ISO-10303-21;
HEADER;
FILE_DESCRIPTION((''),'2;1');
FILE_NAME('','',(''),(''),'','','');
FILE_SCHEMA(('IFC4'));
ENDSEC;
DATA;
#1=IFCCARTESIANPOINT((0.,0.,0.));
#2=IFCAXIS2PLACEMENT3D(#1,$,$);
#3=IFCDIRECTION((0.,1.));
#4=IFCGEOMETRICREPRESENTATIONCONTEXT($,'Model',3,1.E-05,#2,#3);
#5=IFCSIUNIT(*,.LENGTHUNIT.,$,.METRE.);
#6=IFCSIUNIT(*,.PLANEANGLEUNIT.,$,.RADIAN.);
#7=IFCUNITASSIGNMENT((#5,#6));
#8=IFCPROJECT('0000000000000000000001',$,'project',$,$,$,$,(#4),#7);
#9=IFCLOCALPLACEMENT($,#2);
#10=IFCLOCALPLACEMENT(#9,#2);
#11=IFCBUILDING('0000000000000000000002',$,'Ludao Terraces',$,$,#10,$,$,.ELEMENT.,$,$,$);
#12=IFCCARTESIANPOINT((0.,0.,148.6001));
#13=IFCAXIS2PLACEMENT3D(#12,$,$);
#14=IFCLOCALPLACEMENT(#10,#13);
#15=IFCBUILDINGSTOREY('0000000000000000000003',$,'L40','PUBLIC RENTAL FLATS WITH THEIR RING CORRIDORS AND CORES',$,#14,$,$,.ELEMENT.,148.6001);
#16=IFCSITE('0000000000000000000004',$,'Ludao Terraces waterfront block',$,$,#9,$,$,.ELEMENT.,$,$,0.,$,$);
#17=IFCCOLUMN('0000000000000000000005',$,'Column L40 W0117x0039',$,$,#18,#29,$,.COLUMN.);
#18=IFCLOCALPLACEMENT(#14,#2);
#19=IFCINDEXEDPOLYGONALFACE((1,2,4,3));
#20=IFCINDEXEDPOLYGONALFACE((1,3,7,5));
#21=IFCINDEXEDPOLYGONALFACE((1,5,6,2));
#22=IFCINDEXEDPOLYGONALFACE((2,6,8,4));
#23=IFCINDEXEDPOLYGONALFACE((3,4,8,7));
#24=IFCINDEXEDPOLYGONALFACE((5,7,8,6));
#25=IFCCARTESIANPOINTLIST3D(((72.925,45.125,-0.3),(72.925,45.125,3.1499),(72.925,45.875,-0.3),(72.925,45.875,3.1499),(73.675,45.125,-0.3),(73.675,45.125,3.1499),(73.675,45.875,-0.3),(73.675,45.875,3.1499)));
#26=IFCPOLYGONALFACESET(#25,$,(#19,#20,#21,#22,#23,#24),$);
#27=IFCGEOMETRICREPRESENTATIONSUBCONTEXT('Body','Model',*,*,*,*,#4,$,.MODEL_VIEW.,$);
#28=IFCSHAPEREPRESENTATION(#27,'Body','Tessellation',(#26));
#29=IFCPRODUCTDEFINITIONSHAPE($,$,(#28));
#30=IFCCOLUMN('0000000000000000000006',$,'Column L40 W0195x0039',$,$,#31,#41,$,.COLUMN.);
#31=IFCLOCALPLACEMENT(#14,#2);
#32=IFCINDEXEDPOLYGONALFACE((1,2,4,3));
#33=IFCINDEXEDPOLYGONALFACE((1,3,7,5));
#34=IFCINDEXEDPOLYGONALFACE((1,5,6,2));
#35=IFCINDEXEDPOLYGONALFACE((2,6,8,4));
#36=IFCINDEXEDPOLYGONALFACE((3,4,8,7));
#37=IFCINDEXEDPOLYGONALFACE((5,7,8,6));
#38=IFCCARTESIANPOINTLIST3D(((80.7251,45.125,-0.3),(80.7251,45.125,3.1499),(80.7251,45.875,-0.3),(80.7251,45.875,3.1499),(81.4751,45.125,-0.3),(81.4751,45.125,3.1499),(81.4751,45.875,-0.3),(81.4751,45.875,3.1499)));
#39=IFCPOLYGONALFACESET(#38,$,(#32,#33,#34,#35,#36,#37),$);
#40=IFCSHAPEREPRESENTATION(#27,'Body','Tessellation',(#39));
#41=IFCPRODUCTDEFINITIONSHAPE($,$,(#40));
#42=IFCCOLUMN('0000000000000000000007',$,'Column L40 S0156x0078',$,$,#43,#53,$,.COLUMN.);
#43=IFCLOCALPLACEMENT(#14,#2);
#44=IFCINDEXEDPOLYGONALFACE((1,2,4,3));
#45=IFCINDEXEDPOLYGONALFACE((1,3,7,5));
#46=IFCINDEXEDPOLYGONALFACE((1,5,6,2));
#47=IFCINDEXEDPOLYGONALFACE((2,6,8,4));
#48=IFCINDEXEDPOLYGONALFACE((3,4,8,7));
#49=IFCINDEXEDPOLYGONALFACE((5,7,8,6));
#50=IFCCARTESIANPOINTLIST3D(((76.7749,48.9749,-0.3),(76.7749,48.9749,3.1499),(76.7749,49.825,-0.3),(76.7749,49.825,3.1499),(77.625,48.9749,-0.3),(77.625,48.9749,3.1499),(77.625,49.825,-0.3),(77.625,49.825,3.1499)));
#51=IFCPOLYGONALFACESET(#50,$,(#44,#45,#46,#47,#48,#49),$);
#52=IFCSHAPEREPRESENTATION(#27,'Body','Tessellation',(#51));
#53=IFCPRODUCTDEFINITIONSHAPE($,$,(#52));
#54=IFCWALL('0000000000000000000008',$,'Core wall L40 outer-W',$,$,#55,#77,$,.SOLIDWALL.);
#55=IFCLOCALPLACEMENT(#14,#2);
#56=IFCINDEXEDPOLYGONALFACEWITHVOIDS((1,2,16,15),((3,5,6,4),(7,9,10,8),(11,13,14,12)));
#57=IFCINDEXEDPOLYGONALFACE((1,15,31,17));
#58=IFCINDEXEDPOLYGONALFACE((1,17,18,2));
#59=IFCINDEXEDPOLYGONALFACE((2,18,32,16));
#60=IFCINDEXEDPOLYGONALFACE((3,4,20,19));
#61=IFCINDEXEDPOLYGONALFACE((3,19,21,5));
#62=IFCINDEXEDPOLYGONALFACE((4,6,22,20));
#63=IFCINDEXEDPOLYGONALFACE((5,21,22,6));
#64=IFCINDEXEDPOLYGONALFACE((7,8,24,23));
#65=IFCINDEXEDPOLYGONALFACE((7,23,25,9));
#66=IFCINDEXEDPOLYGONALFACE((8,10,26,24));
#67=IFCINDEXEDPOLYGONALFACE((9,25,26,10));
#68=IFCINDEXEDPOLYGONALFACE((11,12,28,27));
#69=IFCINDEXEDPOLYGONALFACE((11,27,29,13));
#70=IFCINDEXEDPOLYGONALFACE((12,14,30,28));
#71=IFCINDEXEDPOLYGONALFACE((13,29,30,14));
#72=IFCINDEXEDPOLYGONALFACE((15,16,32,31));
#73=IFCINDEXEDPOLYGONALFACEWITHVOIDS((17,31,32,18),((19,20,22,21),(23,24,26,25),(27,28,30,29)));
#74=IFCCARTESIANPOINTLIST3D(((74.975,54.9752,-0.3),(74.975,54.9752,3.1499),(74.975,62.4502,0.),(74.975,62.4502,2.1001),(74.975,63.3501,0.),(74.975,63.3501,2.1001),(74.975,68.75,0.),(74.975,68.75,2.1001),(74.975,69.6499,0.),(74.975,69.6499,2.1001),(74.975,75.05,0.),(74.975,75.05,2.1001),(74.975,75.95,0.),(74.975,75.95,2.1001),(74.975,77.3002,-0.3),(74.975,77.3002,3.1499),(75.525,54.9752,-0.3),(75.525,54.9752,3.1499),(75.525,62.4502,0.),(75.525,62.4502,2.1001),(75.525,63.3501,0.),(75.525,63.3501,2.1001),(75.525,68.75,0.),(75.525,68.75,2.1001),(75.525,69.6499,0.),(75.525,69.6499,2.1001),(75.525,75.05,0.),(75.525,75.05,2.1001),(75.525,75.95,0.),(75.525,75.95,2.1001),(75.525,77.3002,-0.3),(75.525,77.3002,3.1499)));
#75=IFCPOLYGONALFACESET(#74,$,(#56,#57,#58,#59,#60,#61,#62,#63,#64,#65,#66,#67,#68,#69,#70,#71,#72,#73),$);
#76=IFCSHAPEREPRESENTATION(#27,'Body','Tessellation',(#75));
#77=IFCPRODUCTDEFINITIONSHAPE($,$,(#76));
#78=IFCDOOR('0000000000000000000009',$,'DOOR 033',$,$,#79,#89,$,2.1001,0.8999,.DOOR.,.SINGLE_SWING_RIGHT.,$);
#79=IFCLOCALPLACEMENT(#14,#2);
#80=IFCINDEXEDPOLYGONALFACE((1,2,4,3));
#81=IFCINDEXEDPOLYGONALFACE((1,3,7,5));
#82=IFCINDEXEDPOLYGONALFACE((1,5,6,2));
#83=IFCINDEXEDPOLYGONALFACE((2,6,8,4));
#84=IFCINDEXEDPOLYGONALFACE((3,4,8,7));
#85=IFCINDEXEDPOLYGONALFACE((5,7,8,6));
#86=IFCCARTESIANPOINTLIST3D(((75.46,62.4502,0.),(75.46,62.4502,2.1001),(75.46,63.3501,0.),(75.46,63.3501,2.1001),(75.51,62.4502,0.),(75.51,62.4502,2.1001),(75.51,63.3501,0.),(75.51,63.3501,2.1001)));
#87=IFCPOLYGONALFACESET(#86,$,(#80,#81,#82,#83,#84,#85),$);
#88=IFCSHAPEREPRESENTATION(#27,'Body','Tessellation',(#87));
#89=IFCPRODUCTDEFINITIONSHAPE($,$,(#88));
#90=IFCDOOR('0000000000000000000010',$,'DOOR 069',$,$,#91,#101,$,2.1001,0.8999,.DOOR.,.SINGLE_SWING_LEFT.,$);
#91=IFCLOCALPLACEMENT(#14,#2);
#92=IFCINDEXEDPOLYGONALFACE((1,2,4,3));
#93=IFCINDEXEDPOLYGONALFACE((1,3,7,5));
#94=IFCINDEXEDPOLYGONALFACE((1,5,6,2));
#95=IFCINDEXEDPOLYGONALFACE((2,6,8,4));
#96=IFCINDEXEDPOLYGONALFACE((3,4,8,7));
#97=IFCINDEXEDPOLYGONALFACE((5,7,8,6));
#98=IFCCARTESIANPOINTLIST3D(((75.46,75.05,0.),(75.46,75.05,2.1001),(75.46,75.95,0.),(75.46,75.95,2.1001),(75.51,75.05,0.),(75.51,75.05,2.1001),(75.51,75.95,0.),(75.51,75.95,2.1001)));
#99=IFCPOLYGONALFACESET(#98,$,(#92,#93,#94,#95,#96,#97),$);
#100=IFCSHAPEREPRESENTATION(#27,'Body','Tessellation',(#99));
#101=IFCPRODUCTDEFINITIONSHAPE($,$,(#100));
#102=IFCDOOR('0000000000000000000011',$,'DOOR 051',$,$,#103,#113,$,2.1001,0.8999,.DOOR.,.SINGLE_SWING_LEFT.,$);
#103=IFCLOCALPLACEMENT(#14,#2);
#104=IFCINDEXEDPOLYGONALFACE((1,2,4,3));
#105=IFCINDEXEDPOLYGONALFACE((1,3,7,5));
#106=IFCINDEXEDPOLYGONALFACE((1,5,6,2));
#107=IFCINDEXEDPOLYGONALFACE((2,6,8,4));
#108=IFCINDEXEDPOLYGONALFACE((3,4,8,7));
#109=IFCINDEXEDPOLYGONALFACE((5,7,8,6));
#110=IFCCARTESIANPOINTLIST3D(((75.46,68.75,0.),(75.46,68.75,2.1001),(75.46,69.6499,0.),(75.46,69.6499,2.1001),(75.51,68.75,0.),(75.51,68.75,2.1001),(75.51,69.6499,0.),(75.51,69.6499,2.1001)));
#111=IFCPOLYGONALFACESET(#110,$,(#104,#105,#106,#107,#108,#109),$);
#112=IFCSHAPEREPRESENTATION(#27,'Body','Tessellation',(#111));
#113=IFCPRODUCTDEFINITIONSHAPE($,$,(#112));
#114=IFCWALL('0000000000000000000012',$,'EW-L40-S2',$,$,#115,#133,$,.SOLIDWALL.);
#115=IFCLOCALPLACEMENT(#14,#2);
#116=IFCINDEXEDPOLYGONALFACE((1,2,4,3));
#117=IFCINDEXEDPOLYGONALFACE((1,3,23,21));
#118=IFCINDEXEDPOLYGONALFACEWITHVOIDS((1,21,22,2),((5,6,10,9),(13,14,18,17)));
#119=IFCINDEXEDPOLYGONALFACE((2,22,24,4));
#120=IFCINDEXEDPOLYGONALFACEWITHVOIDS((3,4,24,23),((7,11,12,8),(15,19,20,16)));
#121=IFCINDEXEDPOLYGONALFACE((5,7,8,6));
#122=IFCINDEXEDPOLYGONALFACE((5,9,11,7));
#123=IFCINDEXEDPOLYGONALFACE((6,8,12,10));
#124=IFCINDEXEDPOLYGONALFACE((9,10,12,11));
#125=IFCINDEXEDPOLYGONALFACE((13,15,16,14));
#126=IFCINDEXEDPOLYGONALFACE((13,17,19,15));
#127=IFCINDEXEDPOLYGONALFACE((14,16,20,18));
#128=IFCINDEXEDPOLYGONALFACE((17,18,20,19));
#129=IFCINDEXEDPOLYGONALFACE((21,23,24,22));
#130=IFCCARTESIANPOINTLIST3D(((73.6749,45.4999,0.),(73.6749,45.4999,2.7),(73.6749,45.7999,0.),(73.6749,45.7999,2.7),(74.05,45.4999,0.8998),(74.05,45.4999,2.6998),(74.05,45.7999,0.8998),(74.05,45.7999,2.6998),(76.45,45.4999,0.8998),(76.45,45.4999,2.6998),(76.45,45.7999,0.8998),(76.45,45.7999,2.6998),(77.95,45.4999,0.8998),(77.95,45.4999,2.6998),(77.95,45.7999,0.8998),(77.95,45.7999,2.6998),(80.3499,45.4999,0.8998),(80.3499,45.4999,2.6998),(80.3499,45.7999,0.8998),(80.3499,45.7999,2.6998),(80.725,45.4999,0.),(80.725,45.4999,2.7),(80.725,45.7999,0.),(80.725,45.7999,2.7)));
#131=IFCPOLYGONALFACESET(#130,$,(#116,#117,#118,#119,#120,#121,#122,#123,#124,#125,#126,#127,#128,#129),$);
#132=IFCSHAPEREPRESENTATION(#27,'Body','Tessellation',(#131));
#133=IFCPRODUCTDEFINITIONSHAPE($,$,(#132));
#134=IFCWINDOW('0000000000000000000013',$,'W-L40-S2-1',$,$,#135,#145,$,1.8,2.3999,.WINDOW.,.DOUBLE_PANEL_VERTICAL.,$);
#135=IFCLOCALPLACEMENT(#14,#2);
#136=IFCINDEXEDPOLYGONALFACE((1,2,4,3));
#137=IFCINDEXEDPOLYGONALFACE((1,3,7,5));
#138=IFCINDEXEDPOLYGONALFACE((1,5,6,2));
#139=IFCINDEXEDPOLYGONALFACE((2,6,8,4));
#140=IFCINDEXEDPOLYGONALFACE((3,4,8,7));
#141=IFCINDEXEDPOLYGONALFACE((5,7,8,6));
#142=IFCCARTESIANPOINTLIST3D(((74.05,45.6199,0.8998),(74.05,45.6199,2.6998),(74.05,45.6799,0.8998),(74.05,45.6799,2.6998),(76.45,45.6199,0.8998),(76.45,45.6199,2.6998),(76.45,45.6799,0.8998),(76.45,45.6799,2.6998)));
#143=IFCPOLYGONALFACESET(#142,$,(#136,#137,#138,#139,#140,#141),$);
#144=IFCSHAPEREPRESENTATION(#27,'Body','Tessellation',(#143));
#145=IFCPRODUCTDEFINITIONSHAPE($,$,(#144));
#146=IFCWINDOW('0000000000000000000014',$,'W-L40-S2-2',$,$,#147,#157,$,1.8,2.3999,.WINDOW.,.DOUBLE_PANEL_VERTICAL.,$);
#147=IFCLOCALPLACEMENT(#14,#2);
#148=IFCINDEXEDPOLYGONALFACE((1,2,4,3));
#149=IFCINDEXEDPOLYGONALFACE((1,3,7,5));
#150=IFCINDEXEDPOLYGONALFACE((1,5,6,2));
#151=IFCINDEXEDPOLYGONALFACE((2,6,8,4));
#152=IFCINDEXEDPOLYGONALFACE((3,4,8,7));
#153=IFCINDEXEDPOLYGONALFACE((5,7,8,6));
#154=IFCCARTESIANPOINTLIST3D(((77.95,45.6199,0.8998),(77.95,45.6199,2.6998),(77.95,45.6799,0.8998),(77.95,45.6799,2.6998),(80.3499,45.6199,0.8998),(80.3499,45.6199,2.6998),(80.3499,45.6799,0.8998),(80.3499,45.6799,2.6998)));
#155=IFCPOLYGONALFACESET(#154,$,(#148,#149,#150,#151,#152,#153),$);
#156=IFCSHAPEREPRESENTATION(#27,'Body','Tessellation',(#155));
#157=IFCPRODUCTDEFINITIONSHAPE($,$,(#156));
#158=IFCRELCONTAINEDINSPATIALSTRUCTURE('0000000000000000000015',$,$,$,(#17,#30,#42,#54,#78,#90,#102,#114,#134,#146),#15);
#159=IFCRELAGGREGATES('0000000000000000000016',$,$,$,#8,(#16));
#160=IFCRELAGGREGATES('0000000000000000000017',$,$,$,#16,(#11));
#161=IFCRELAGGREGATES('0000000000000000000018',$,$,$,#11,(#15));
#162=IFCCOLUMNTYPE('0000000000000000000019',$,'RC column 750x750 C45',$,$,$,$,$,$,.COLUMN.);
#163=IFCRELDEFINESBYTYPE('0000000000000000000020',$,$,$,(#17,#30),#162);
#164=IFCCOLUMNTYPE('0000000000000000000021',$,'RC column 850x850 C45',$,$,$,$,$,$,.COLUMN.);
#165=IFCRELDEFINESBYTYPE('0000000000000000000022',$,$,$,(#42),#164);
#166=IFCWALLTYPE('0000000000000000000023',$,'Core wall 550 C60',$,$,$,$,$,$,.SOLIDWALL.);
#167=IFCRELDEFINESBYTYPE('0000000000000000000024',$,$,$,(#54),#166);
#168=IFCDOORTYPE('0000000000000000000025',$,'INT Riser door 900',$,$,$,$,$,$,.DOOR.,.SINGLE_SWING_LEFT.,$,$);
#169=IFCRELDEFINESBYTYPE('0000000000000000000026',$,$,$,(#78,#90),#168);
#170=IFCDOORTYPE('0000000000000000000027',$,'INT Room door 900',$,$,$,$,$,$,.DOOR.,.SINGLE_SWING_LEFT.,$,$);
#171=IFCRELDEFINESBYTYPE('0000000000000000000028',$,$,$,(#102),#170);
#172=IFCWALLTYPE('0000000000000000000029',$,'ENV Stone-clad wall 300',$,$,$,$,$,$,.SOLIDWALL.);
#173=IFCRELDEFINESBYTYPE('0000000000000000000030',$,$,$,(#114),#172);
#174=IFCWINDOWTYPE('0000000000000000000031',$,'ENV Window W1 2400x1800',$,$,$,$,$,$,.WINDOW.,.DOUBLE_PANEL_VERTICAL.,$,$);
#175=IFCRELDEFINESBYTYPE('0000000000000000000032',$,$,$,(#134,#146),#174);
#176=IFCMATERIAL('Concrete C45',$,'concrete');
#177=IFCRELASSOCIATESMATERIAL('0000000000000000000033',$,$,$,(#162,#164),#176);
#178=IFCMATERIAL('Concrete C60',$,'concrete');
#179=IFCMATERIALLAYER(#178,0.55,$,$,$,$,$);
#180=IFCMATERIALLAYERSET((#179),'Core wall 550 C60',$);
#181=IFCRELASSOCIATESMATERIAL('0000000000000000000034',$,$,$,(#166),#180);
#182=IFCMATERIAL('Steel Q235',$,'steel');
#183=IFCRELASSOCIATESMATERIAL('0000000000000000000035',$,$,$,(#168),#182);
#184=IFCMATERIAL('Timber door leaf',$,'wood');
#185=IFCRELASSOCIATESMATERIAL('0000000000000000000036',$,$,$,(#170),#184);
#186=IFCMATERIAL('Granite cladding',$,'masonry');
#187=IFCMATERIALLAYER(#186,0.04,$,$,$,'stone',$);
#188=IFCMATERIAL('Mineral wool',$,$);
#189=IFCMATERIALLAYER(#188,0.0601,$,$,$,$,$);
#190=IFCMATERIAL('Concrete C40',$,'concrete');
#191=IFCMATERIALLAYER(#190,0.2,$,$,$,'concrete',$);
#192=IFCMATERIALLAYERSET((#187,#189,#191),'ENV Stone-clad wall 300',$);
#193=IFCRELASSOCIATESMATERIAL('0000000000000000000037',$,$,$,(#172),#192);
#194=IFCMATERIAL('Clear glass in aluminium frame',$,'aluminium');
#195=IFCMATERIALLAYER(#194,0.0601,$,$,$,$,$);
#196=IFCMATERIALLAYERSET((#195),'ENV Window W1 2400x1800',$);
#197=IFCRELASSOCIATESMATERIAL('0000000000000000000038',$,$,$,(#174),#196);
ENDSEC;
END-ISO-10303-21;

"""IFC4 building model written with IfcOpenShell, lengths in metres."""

from ifc_helpers import new_model, si_unit, direction, frame, frame_2d, origin, origin_2d, place, context, subcontext, project, spatial, rectangle, extrude, material, layer, layer_set, material_profile, profile_set, type_object, element, fill, save


model = new_model("IFC4")

# Units and contexts
model_context = context("Model", 3, precision=1e-05, world=origin(), true_north=direction((0.0, 1.0)))
body_context = subcontext(model_context, "Body", "Model", "MODEL_VIEW")
ifc_project = project(units=[si_unit("LENGTHUNIT", "METRE"), si_unit("PLANEANGLEUNIT", "RADIAN")], contexts=[model_context])

# Site, building, storey
site_placement = place(None, origin())
site = spatial("IfcSite", under=ifc_project, at=site_placement, Name="Ludao Terraces waterfront block", CompositionType="ELEMENT", RefElevation=0.0)
building_placement = place(site_placement, origin())
building = spatial("IfcBuilding", under=site, at=building_placement, Name="Ludao Terraces", CompositionType="ELEMENT")
storey_placement = place(building_placement, frame((0.0, 0.0, 148.6001)))
storey = spatial("IfcBuildingStorey", under=building, at=storey_placement, Name="L40", Description="PUBLIC RENTAL FLATS WITH THEIR RING CORRIDORS AND CORES", CompositionType="ELEMENT", Elevation=148.6001)

# Columns
ifc_material_1 = material(Name="Concrete C45", Category="concrete")
ifc_material_profile_1 = material_profile(ifc_material_1, rectangle(XDim=0.75, YDim=0.75, at=origin_2d()), Name="750 X 750")
ifc_profile_set_1 = profile_set([ifc_material_profile_1], Name="Concrete C45")
column_type_1 = type_object("IfcColumnType", Name="RC column 750x750 C45", PredefinedType="COLUMN", material=ifc_profile_set_1)
for number, where, z_axis, x_axis, name in (
    (1, (73.3, 45.5, -0.3), (0.0, 0.0, 1.0), (1.0, 0.0, 0.0), "Column L40 W0117x0039"),
    (2, (81.1001, 45.5, -0.3), (0.0, 0.0, 1.0), (1.0, 0.0, 0.0), "Column L40 W0195x0039"),
):
    element("IfcColumn", number, at=place(storey_placement, frame(where, z_axis=z_axis, x_axis=x_axis)), inside=storey, type_object=column_type_1, Name=name, PredefinedType="COLUMN", context=body_context, shape_type="SweptSolid", body=[
        extrude(rectangle(XDim=0.75, YDim=0.75, at=origin_2d()), origin(), (0.0, 0.0, 1.0), 3.45),
    ])
ifc_material_profile_2 = material_profile(ifc_material_1, rectangle(XDim=0.8501, YDim=0.8501, at=origin_2d()), Name="850 X 850")
ifc_profile_set_2 = profile_set([ifc_material_profile_2], Name="Concrete C45")
column_type_2 = type_object("IfcColumnType", Name="RC column 850x850 C45", PredefinedType="COLUMN", material=ifc_profile_set_2)
column_placement = place(storey_placement, frame((77.2, 49.3999, -0.3), z_axis=(0.0, 0.0, 1.0), x_axis=(1.0, 0.0, 0.0)))
element("IfcColumn", 3, at=column_placement, inside=storey, type_object=column_type_2, Name="Column L40 S0156x0078", PredefinedType="COLUMN", context=body_context, shape_type="SweptSolid", body=[
    extrude(rectangle(XDim=0.8501, YDim=0.8501, at=origin_2d()), origin(), (0.0, 0.0, 1.0), 3.45),
])

# Wall, openings, doors
ifc_material_2 = material(Name="Concrete C60", Category="concrete")
ifc_layer_1 = layer(ifc_material_2, 0.55)
ifc_layer_set_1 = layer_set([ifc_layer_1], Name="Core wall 550 C60")
wall_type_1 = type_object("IfcWallType", Name="Core wall 550 C60", PredefinedType="SOLIDWALL", material=ifc_layer_set_1)
wall_1_placement = place(storey_placement, frame((75.25, 54.9751, -0.3), z_axis=(0.0, 0.0, 1.0), x_axis=(0.0, 1.0, 0.0)))
wall_1 = element("IfcWall", 4, at=wall_1_placement, inside=storey, type_object=wall_type_1, Name="Core wall L40 outer-W", PredefinedType="SOLIDWALL", context=body_context, shape_type="SweptSolid", body=[
    extrude(rectangle(XDim=22.325, YDim=0.55, at=frame_2d((11.1626, 0.0))), origin(), (0.0, 0.0, 1.0), 3.45),
])
opening_1_placement = place(wall_1_placement, frame((7.4751, 0.0, 0.3)))
opening_1 = element("IfcOpeningElement", 5, at=opening_1_placement, cuts=wall_1, PredefinedType="OPENING", context=body_context, shape_type="SweptSolid", body=[
    extrude(rectangle(XDim=0.8999, YDim=2.1001, at=frame_2d((0.45, 1.05))), frame((0.0, 0.2852, 0.0), z_axis=(0.0, -1.0, 0.0), x_axis=(1.0, 0.0, 0.0)), (0.0, 0.0, 1.0), 0.5701),
])
opening_2_placement = place(wall_1_placement, frame((13.7749, 0.0, 0.3)))
opening_2 = element("IfcOpeningElement", 6, at=opening_2_placement, cuts=wall_1, PredefinedType="OPENING", context=body_context, shape_type="SweptSolid", body=[
    extrude(rectangle(XDim=0.8999, YDim=2.1001, at=frame_2d((0.45, 1.05))), frame((0.0, 0.2852, 0.0), z_axis=(0.0, -1.0, 0.0), x_axis=(1.0, 0.0, 0.0)), (0.0, 0.0, 1.0), 0.5701),
])
opening_3_placement = place(wall_1_placement, frame((20.075, 0.0, 0.3)))
opening_3 = element("IfcOpeningElement", 7, at=opening_3_placement, cuts=wall_1, PredefinedType="OPENING", context=body_context, shape_type="SweptSolid", body=[
    extrude(rectangle(XDim=0.8999, YDim=2.1001, at=frame_2d((0.45, 1.05))), frame((0.0, 0.2852, 0.0), z_axis=(0.0, -1.0, 0.0), x_axis=(1.0, 0.0, 0.0)), (0.0, 0.0, 1.0), 0.5701),
])
ifc_material_3 = material(Name="Steel Q235", Category="steel")
door_type_1 = type_object("IfcDoorType", Name="INT Riser door 900", OperationType="SINGLE_SWING_LEFT", PredefinedType="DOOR", material=ifc_material_3)
door_1_placement = place(opening_1_placement, origin())
door_1 = element("IfcDoor", 8, at=door_1_placement, inside=storey, type_object=door_type_1, Name="DOOR 033", OperationType="SINGLE_SWING_RIGHT", OverallHeight=2.1001, OverallWidth=0.8999, PredefinedType="DOOR", context=body_context, shape_type="SweptSolid", body=[
    extrude(rectangle(XDim=0.8999, YDim=2.1001, at=frame_2d((0.45, 1.05))), frame((0.0, -0.21, 0.0), z_axis=(0.0, -1.0, 0.0), x_axis=(1.0, 0.0, 0.0)), (0.0, 0.0, 1.0), 0.05),
])
fill(opening_1, door_1)
door_2_placement = place(opening_3_placement, origin())
door_2 = element("IfcDoor", 9, at=door_2_placement, inside=storey, type_object=door_type_1, Name="DOOR 069", OperationType="SINGLE_SWING_LEFT", OverallHeight=2.1001, OverallWidth=0.8999, PredefinedType="DOOR", context=body_context, shape_type="SweptSolid", body=[
    extrude(rectangle(XDim=0.8999, YDim=2.1001, at=frame_2d((0.45, 1.05))), frame((0.0, -0.21, 0.0), z_axis=(0.0, -1.0, 0.0), x_axis=(1.0, 0.0, 0.0)), (0.0, 0.0, 1.0), 0.05),
])
fill(opening_3, door_2)
ifc_material_4 = material(Name="Timber door leaf", Category="wood")
door_type_2 = type_object("IfcDoorType", Name="INT Room door 900", OperationType="SINGLE_SWING_LEFT", PredefinedType="DOOR", material=ifc_material_4)
door_3_placement = place(opening_2_placement, origin())
door_3 = element("IfcDoor", 10, at=door_3_placement, inside=storey, type_object=door_type_2, Name="DOOR 051", OperationType="SINGLE_SWING_LEFT", OverallHeight=2.1001, OverallWidth=0.8999, PredefinedType="DOOR", context=body_context, shape_type="SweptSolid", body=[
    extrude(rectangle(XDim=0.8999, YDim=2.1001, at=frame_2d((0.45, 1.05))), frame((0.0, -0.21, 0.0), z_axis=(0.0, -1.0, 0.0), x_axis=(1.0, 0.0, 0.0)), (0.0, 0.0, 1.0), 0.05),
])
fill(opening_2, door_3)

# Wall, openings, windows
ifc_material_5 = material(Name="Granite cladding", Category="masonry")
ifc_layer_2 = layer(ifc_material_5, 0.04, Category="stone")
ifc_material_6 = material(Name="Mineral wool")
ifc_layer_3 = layer(ifc_material_6, 0.0601)
ifc_material_7 = material(Name="Concrete C40", Category="concrete")
ifc_layer_4 = layer(ifc_material_7, 0.2, Category="concrete")
ifc_layer_set_2 = layer_set([ifc_layer_2, ifc_layer_3, ifc_layer_4], Name="ENV Stone-clad wall 300")
wall_type_2 = type_object("IfcWallType", Name="ENV Stone-clad wall 300", PredefinedType="SOLIDWALL", material=ifc_layer_set_2)
wall_2_placement = place(storey_placement, frame((73.675, 45.6499, 0.0), z_axis=(0.0, 0.0, 1.0), x_axis=(1.0, 0.0, 0.0)))
wall_2 = element("IfcWall", 11, at=wall_2_placement, inside=storey, type_object=wall_type_2, Name="EW-L40-S2", PredefinedType="SOLIDWALL", context=body_context, shape_type="SweptSolid", body=[
    extrude(rectangle(XDim=7.05, YDim=0.3, at=frame_2d((3.5249, 0.0))), origin(), (0.0, 0.0, 1.0), 2.7),
])
opening_4_placement = place(wall_2_placement, frame((0.375, 0.0, 0.8999)))
opening_4 = element("IfcOpeningElement", 12, at=opening_4_placement, cuts=wall_2, PredefinedType="OPENING", context=body_context, shape_type="SweptSolid", body=[
    extrude(rectangle(XDim=2.3999, YDim=1.8, at=frame_2d((1.2, 0.8999))), frame((0.0, 0.1602, 0.0), z_axis=(0.0, -1.0, 0.0), x_axis=(1.0, 0.0, 0.0)), (0.0, 0.0, 1.0), 0.3201),
])
opening_5_placement = place(wall_2_placement, frame((4.2749, 0.0, 0.8999)))
opening_5 = element("IfcOpeningElement", 13, at=opening_5_placement, cuts=wall_2, PredefinedType="OPENING", context=body_context, shape_type="SweptSolid", body=[
    extrude(rectangle(XDim=2.3999, YDim=1.8, at=frame_2d((1.2, 0.8999))), frame((0.0, 0.1602, 0.0), z_axis=(0.0, -1.0, 0.0), x_axis=(1.0, 0.0, 0.0)), (0.0, 0.0, 1.0), 0.3201),
])
ifc_material_8 = material(Name="Clear glass in aluminium frame", Category="aluminium")
ifc_layer_5 = layer(ifc_material_8, 0.0601)
ifc_layer_set_3 = layer_set([ifc_layer_5], Name="ENV Window W1 2400x1800")
window_type = type_object("IfcWindowType", Name="ENV Window W1 2400x1800", PartitioningType="DOUBLE_PANEL_VERTICAL", PredefinedType="WINDOW", material=ifc_layer_set_3)
window_1_placement = place(opening_4_placement, origin())
window_1 = element("IfcWindow", 14, at=window_1_placement, inside=storey, type_object=window_type, Name="W-L40-S2-1", OverallHeight=1.8, OverallWidth=2.3999, PartitioningType="DOUBLE_PANEL_VERTICAL", PredefinedType="WINDOW", context=body_context, shape_type="SweptSolid", body=[
    extrude(rectangle(XDim=2.3999, YDim=1.8, at=frame_2d((1.2, 0.8999))), frame((0.0, 0.03, 0.0), z_axis=(0.0, -1.0, 0.0), x_axis=(1.0, 0.0, 0.0)), (0.0, 0.0, 1.0), 0.0601),
])
fill(opening_4, window_1)
window_2_placement = place(opening_5_placement, origin())
window_2 = element("IfcWindow", 15, at=window_2_placement, inside=storey, type_object=window_type, Name="W-L40-S2-2", OverallHeight=1.8, OverallWidth=2.3999, PartitioningType="DOUBLE_PANEL_VERTICAL", PredefinedType="WINDOW", context=body_context, shape_type="SweptSolid", body=[
    extrude(rectangle(XDim=2.3999, YDim=1.8, at=frame_2d((1.2, 0.8999))), frame((0.0, 0.03, 0.0), z_axis=(0.0, -1.0, 0.0), x_axis=(1.0, 0.0, 0.0)), (0.0, 0.0, 1.0), 0.0601),
])
fill(opening_5, window_2)

save(model, "model.ifc")
